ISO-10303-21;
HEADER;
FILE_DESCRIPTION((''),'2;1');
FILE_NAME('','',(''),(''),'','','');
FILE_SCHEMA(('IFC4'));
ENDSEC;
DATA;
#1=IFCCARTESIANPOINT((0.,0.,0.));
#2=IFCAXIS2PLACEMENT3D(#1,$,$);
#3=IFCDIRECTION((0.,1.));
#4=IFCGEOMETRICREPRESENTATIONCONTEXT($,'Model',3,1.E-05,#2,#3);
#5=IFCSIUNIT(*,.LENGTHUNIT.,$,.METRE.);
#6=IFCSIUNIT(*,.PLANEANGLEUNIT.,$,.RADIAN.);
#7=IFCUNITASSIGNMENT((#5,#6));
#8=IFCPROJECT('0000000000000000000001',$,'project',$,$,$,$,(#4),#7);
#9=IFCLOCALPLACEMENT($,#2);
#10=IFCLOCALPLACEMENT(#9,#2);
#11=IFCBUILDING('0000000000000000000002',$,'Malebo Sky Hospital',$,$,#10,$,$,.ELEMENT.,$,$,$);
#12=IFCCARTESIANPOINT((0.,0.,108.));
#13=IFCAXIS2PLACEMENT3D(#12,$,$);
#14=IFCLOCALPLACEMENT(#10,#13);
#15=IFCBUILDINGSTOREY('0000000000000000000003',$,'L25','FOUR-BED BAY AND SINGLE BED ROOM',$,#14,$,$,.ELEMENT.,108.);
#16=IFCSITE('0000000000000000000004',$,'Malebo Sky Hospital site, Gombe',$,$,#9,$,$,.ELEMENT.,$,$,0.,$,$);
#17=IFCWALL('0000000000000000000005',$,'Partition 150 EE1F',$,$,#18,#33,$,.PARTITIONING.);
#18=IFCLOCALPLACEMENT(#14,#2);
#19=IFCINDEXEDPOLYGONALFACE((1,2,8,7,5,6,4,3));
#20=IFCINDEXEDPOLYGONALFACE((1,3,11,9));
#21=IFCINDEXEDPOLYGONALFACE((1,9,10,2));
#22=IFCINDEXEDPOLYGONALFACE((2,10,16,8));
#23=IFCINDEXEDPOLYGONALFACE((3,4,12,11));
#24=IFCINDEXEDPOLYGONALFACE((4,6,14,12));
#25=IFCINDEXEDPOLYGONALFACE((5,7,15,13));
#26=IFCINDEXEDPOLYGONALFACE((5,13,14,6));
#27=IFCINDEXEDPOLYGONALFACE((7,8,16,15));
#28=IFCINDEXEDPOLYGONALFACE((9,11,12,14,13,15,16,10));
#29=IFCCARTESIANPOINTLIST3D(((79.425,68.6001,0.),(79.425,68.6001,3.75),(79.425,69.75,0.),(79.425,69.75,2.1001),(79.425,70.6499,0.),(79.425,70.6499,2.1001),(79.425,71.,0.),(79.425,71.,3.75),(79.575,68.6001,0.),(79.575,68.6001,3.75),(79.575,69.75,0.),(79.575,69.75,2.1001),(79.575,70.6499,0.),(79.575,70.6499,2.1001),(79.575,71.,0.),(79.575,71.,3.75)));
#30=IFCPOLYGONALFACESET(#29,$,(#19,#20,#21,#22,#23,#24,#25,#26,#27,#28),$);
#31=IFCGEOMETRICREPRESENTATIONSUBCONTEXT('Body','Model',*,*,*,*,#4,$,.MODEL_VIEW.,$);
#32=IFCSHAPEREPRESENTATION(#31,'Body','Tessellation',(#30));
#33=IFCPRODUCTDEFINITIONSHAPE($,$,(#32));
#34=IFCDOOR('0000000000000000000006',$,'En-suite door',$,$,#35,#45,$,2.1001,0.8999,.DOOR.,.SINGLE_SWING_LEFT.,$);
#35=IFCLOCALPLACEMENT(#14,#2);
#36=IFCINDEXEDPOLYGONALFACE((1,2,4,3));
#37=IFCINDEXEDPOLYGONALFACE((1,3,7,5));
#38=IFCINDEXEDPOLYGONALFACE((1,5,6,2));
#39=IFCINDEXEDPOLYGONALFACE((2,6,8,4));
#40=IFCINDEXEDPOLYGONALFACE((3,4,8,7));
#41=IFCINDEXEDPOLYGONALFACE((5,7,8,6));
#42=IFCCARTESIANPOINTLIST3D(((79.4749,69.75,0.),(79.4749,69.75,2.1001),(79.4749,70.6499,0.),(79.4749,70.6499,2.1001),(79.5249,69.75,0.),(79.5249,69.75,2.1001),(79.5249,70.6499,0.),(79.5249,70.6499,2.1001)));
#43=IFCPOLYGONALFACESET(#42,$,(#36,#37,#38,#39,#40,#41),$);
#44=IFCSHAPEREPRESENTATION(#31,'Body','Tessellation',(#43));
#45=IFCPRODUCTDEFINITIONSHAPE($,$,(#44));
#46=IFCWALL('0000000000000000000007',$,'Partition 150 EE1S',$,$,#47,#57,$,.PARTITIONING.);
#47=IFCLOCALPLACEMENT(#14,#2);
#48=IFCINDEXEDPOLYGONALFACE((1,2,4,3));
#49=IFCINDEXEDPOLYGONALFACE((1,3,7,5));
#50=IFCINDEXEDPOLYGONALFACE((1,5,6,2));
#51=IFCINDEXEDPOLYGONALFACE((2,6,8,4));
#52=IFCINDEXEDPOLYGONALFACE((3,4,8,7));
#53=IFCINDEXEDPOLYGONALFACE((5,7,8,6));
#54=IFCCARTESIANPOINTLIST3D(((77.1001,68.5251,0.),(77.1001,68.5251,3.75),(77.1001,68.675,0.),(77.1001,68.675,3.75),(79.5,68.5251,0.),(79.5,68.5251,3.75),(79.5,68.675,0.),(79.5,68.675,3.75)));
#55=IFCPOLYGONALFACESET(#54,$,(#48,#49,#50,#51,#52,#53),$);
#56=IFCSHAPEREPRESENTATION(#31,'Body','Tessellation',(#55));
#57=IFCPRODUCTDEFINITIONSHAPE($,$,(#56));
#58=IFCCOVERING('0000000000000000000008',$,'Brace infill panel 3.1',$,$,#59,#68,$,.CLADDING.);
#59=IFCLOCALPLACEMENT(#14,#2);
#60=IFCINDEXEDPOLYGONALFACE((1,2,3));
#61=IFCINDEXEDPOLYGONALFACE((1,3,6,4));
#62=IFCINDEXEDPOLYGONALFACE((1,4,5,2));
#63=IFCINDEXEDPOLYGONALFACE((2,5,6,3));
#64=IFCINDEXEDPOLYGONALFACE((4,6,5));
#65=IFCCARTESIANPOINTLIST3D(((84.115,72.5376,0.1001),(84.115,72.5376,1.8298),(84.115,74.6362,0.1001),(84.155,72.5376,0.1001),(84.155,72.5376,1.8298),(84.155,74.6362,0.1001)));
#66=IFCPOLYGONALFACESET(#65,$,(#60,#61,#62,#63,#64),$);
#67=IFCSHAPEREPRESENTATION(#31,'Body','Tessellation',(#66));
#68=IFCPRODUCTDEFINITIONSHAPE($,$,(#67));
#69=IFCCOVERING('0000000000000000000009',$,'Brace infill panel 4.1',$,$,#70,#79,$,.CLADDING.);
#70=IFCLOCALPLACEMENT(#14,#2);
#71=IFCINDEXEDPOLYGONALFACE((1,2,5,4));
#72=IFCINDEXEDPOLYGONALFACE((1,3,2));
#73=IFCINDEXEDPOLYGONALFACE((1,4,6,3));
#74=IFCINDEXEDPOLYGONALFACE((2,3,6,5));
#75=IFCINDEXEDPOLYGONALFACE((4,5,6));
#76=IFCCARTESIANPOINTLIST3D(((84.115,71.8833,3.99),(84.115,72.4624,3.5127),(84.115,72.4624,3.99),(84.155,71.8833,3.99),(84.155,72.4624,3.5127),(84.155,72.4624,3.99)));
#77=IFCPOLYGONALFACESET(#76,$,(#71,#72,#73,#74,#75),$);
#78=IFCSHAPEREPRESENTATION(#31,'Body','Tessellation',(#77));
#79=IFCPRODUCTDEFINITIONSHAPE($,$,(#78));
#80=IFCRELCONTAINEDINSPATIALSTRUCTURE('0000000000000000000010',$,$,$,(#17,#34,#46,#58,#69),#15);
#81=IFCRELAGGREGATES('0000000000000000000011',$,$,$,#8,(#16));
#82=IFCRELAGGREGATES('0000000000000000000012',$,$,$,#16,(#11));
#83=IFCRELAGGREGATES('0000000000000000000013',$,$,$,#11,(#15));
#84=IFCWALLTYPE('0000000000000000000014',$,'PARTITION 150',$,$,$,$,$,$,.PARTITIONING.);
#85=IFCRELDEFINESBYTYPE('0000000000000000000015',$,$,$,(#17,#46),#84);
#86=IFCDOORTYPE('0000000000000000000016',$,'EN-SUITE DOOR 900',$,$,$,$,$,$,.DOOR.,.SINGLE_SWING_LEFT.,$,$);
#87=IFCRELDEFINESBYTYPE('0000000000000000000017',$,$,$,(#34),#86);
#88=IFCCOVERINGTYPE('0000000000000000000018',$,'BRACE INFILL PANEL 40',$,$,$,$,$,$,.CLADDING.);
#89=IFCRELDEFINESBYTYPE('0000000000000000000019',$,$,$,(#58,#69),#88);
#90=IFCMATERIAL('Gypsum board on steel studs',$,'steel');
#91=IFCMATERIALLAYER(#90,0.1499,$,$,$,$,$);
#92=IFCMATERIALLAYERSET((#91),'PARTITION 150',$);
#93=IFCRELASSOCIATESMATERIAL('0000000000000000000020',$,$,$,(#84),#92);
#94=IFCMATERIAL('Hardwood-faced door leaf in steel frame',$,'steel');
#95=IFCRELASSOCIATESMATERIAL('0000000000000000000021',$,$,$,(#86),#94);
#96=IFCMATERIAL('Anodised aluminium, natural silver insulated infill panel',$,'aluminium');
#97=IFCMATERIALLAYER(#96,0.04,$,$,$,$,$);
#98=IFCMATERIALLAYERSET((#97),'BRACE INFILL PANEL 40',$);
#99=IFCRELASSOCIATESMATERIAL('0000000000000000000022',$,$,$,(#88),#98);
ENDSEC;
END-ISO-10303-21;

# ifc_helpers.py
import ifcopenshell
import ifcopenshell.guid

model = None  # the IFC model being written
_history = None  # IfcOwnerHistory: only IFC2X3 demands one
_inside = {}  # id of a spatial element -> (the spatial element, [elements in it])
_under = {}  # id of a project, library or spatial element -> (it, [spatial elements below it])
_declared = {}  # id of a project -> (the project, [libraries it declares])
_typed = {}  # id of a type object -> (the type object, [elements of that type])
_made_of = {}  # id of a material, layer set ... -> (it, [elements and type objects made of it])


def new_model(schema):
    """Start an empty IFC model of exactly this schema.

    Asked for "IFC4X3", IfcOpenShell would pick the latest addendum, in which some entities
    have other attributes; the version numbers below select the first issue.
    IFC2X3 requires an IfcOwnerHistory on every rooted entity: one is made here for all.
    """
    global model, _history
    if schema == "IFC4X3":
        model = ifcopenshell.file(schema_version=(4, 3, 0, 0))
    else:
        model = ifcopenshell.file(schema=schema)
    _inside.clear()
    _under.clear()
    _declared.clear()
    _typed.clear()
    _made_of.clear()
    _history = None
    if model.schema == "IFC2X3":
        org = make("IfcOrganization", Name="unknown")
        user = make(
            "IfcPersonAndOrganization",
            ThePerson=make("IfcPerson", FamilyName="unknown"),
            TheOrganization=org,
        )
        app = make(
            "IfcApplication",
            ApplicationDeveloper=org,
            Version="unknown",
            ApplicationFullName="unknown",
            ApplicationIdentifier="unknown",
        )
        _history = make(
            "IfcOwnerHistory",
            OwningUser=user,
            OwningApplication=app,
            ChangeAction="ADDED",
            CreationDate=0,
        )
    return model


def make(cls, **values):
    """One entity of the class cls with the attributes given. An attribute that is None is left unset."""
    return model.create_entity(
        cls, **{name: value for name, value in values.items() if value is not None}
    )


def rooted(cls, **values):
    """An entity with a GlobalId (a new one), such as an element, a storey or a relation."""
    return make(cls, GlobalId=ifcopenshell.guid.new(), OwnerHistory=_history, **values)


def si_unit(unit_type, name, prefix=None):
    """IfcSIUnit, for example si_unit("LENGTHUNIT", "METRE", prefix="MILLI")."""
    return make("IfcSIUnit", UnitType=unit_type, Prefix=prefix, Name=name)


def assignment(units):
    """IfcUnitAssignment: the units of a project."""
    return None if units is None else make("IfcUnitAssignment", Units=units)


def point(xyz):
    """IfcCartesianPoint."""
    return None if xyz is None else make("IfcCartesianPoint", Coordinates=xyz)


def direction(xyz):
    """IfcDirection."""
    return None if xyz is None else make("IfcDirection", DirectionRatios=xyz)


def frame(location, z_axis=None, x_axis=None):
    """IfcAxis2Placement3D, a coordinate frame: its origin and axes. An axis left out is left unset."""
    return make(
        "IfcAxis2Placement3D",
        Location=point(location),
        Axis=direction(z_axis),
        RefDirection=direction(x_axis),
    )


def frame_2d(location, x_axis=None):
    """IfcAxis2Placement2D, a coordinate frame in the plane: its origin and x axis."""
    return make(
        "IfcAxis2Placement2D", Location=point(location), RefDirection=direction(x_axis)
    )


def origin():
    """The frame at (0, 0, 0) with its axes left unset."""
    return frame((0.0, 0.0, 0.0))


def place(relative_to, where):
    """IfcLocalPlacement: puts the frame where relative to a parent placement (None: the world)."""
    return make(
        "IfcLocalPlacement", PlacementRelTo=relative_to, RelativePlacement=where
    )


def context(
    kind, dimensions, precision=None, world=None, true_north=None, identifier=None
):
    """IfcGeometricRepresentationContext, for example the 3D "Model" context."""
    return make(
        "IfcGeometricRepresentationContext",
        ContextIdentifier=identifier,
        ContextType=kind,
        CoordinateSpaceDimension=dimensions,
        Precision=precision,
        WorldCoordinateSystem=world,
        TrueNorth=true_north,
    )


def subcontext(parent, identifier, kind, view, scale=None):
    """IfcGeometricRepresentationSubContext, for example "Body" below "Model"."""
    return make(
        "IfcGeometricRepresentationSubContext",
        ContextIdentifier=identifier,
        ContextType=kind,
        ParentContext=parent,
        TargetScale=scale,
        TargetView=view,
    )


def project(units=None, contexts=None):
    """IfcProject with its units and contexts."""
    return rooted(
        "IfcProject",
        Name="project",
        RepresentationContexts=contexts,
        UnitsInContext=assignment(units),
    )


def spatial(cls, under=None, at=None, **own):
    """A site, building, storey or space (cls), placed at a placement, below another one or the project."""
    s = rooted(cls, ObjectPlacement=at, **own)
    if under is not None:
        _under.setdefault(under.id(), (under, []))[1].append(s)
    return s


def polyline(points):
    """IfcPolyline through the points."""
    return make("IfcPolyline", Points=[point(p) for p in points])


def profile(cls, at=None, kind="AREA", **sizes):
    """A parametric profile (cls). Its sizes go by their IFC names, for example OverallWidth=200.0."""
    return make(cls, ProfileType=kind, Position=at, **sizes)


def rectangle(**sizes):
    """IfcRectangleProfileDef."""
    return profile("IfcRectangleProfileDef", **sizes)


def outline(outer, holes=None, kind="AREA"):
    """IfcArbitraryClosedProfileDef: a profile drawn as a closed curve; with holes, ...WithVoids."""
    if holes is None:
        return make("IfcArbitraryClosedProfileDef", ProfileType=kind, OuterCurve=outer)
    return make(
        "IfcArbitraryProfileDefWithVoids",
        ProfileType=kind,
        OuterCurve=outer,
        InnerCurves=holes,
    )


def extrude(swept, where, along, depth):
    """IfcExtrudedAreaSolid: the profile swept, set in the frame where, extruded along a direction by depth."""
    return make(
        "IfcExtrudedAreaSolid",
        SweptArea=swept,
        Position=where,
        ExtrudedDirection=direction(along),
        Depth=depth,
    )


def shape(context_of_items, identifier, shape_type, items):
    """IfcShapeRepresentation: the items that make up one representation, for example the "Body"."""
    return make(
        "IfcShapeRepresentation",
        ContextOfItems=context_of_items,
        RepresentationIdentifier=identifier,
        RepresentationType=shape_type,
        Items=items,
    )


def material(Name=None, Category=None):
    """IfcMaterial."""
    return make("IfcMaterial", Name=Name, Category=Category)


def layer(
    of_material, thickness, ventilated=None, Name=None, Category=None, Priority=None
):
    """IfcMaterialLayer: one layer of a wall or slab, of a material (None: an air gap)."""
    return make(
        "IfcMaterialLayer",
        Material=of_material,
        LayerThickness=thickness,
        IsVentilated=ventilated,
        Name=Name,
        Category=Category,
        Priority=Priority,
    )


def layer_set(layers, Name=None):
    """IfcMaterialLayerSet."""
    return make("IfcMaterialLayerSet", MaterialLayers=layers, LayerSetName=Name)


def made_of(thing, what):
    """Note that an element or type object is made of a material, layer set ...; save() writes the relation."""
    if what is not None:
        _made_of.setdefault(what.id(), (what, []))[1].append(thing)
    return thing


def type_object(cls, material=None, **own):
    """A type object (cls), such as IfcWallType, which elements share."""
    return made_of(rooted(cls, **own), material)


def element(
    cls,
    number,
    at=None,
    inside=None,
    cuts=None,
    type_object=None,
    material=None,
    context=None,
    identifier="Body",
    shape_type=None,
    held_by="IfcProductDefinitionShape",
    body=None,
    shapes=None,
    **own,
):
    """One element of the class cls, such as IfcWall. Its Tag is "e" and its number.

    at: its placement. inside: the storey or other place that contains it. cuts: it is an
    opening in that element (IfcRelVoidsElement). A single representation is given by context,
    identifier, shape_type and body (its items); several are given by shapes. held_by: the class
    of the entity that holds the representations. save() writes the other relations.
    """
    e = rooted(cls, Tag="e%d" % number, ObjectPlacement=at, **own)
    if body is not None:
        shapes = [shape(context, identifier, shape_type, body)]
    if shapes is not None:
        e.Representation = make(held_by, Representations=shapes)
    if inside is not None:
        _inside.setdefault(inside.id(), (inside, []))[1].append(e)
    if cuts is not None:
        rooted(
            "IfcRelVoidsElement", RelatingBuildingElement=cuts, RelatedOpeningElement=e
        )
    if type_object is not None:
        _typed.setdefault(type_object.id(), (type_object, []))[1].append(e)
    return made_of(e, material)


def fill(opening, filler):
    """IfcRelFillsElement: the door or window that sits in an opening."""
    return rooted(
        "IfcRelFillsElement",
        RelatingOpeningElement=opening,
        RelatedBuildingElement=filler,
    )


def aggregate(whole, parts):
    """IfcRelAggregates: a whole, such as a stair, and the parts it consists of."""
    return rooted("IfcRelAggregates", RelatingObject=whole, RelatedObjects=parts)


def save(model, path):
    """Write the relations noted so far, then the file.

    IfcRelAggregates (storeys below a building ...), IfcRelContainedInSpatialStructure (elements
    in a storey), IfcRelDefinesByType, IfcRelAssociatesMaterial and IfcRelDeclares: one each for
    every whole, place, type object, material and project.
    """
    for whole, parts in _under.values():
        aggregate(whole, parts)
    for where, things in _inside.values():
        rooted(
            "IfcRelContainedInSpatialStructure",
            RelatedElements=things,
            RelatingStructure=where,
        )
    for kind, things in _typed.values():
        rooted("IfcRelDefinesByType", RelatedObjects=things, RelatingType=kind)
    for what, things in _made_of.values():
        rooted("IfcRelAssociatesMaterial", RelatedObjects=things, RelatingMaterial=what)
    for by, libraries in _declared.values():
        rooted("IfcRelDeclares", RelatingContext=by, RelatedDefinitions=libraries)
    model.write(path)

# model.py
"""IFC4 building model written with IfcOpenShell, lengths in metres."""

from ifc_helpers import new_model, si_unit, direction, frame, frame_2d, origin, place, context, subcontext, project, spatial, polyline, rectangle, outline, extrude, material, layer, layer_set, type_object, element, fill, save


model = new_model("IFC4")

# Units and contexts
model_context = context("Model", 3, precision=1e-05, world=origin(), true_north=direction((0.0, 1.0)))
body_context = subcontext(model_context, "Body", "Model", "MODEL_VIEW")
ifc_project = project(units=[si_unit("LENGTHUNIT", "METRE"), si_unit("PLANEANGLEUNIT", "RADIAN")], contexts=[model_context])

# Site, building, storey
site_placement = place(None, origin())
site = spatial("IfcSite", under=ifc_project, at=site_placement, Name="Malebo Sky Hospital site, Gombe", CompositionType="ELEMENT", RefElevation=0.0)
building_placement = place(site_placement, origin())
building = spatial("IfcBuilding", under=site, at=building_placement, Name="Malebo Sky Hospital", CompositionType="ELEMENT")
storey_placement = place(building_placement, frame((0.0, 0.0, 108.0)))
storey = spatial("IfcBuildingStorey", under=building, at=storey_placement, Name="L25", Description="FOUR-BED BAY AND SINGLE BED ROOM", CompositionType="ELEMENT", Elevation=108.0)

# Shared definitions
ifc_material_1 = material(Name="Gypsum board on steel studs", Category="steel")
ifc_layer_1 = layer(ifc_material_1, 0.1499)
ifc_layer_set_1 = layer_set([ifc_layer_1], Name="PARTITION 150")
wall_type = type_object("IfcWallType", Name="PARTITION 150", PredefinedType="PARTITIONING", material=ifc_layer_set_1)

# Shared definitions
ifc_material_2 = material(Name="Hardwood-faced door leaf in steel frame", Category="steel")
door_type = type_object("IfcDoorType", Name="EN-SUITE DOOR 900", OperationType="SINGLE_SWING_LEFT", PredefinedType="DOOR", material=ifc_material_2)

# Wall, opening, door
wall_1_placement = place(storey_placement, frame((79.5, 71.0, 0.0), z_axis=(0.0, 0.0, 1.0), x_axis=(0.0, -1.0, 0.0)))
wall_1 = element("IfcWall", 1, at=wall_1_placement, inside=storey, type_object=wall_type, Name="Partition 150 EE1F", PredefinedType="PARTITIONING", context=body_context, shape_type="SweptSolid", body=[
    extrude(rectangle(XDim=2.3999, YDim=0.1499, at=frame_2d((1.2, 0.0))), origin(), (0.0, 0.0, 1.0), 3.75),
])
opening_1_placement = place(wall_1_placement, frame((0.3501, 0.0, 0.0)))
opening_1 = element("IfcOpeningElement", 2, at=opening_1_placement, cuts=wall_1, PredefinedType="OPENING", context=body_context, shape_type="SweptSolid", body=[
    extrude(rectangle(XDim=0.8999, YDim=2.1001, at=frame_2d((0.45, 1.05))), frame((0.0, 0.085, 0.0), z_axis=(0.0, -1.0, 0.0), x_axis=(1.0, 0.0, 0.0)), (0.0, 0.0, 1.0), 0.1699),
])
door_1_placement = place(opening_1_placement, origin())
door_1 = element("IfcDoor", 3, at=door_1_placement, inside=storey, type_object=door_type, Name="En-suite door", OperationType="SINGLE_SWING_LEFT", OverallHeight=2.1001, OverallWidth=0.8999, PredefinedType="DOOR", context=body_context, shape_type="SweptSolid", body=[
    extrude(rectangle(XDim=0.8999, YDim=2.1001, at=frame_2d((0.45, 1.05))), frame((0.0, 0.0249, 0.0), z_axis=(0.0, -1.0, 0.0), x_axis=(1.0, 0.0, 0.0)), (0.0, 0.0, 1.0), 0.05),
])
fill(opening_1, door_1)

# Wall
wall_2_placement = place(storey_placement, frame((77.1001, 68.6001, 0.0), z_axis=(0.0, 0.0, 1.0), x_axis=(1.0, 0.0, 0.0)))
element("IfcWall", 4, at=wall_2_placement, inside=storey, type_object=wall_type, Name="Partition 150 EE1S", PredefinedType="PARTITIONING", context=body_context, shape_type="SweptSolid", body=[
    extrude(rectangle(XDim=2.3999, YDim=0.1499, at=frame_2d((1.2, 0.0))), origin(), (0.0, 0.0, 1.0), 3.75),
])

# Coverings
ifc_material_3 = material(Name="Anodised aluminium, natural silver insulated infill panel", Category="aluminium")
ifc_layer_2 = layer(ifc_material_3, 0.04)
ifc_layer_set_2 = layer_set([ifc_layer_2], Name="BRACE INFILL PANEL 40")
covering_type = type_object("IfcCoveringType", Name="BRACE INFILL PANEL 40", PredefinedType="CLADDING", material=ifc_layer_set_2)
covering_1_placement = place(storey_placement, frame((84.135, 73.5869, 0.1001), z_axis=(0.0, 0.0, 1.0), x_axis=(0.0, -1.0, 0.0)))
element("IfcCovering", 5, at=covering_1_placement, inside=storey, type_object=covering_type, Name="Brace infill panel 3.1", PredefinedType="CLADDING", context=body_context, shape_type="SweptSolid", body=[
    extrude(outline(polyline([(-1.0493, 0.0), (1.0493, 0.0), (1.0493, 1.7297), (-1.0493, 0.0)])), frame((0.0, 0.02, 0.0), z_axis=(0.0, -1.0, 0.0), x_axis=(1.0, 0.0, 0.0)), (0.0, 0.0, 1.0), 0.04),
])
covering_2_placement = place(storey_placement, frame((84.135, 72.1729, 3.5127), z_axis=(0.0, 0.0, 1.0), x_axis=(0.0, -1.0, 0.0)))
element("IfcCovering", 6, at=covering_2_placement, inside=storey, type_object=covering_type, Name="Brace infill panel 4.1", PredefinedType="CLADDING", context=body_context, shape_type="SweptSolid", body=[
    extrude(outline(polyline([(-0.2896, 0.0), (0.2896, 0.4773), (-0.2896, 0.4773), (-0.2896, 0.0)])), frame((0.0, 0.02, 0.0), z_axis=(0.0, -1.0, 0.0), x_axis=(1.0, 0.0, 0.0)), (0.0, 0.0, 1.0), 0.04),
])

save(model, "model.ifc")
